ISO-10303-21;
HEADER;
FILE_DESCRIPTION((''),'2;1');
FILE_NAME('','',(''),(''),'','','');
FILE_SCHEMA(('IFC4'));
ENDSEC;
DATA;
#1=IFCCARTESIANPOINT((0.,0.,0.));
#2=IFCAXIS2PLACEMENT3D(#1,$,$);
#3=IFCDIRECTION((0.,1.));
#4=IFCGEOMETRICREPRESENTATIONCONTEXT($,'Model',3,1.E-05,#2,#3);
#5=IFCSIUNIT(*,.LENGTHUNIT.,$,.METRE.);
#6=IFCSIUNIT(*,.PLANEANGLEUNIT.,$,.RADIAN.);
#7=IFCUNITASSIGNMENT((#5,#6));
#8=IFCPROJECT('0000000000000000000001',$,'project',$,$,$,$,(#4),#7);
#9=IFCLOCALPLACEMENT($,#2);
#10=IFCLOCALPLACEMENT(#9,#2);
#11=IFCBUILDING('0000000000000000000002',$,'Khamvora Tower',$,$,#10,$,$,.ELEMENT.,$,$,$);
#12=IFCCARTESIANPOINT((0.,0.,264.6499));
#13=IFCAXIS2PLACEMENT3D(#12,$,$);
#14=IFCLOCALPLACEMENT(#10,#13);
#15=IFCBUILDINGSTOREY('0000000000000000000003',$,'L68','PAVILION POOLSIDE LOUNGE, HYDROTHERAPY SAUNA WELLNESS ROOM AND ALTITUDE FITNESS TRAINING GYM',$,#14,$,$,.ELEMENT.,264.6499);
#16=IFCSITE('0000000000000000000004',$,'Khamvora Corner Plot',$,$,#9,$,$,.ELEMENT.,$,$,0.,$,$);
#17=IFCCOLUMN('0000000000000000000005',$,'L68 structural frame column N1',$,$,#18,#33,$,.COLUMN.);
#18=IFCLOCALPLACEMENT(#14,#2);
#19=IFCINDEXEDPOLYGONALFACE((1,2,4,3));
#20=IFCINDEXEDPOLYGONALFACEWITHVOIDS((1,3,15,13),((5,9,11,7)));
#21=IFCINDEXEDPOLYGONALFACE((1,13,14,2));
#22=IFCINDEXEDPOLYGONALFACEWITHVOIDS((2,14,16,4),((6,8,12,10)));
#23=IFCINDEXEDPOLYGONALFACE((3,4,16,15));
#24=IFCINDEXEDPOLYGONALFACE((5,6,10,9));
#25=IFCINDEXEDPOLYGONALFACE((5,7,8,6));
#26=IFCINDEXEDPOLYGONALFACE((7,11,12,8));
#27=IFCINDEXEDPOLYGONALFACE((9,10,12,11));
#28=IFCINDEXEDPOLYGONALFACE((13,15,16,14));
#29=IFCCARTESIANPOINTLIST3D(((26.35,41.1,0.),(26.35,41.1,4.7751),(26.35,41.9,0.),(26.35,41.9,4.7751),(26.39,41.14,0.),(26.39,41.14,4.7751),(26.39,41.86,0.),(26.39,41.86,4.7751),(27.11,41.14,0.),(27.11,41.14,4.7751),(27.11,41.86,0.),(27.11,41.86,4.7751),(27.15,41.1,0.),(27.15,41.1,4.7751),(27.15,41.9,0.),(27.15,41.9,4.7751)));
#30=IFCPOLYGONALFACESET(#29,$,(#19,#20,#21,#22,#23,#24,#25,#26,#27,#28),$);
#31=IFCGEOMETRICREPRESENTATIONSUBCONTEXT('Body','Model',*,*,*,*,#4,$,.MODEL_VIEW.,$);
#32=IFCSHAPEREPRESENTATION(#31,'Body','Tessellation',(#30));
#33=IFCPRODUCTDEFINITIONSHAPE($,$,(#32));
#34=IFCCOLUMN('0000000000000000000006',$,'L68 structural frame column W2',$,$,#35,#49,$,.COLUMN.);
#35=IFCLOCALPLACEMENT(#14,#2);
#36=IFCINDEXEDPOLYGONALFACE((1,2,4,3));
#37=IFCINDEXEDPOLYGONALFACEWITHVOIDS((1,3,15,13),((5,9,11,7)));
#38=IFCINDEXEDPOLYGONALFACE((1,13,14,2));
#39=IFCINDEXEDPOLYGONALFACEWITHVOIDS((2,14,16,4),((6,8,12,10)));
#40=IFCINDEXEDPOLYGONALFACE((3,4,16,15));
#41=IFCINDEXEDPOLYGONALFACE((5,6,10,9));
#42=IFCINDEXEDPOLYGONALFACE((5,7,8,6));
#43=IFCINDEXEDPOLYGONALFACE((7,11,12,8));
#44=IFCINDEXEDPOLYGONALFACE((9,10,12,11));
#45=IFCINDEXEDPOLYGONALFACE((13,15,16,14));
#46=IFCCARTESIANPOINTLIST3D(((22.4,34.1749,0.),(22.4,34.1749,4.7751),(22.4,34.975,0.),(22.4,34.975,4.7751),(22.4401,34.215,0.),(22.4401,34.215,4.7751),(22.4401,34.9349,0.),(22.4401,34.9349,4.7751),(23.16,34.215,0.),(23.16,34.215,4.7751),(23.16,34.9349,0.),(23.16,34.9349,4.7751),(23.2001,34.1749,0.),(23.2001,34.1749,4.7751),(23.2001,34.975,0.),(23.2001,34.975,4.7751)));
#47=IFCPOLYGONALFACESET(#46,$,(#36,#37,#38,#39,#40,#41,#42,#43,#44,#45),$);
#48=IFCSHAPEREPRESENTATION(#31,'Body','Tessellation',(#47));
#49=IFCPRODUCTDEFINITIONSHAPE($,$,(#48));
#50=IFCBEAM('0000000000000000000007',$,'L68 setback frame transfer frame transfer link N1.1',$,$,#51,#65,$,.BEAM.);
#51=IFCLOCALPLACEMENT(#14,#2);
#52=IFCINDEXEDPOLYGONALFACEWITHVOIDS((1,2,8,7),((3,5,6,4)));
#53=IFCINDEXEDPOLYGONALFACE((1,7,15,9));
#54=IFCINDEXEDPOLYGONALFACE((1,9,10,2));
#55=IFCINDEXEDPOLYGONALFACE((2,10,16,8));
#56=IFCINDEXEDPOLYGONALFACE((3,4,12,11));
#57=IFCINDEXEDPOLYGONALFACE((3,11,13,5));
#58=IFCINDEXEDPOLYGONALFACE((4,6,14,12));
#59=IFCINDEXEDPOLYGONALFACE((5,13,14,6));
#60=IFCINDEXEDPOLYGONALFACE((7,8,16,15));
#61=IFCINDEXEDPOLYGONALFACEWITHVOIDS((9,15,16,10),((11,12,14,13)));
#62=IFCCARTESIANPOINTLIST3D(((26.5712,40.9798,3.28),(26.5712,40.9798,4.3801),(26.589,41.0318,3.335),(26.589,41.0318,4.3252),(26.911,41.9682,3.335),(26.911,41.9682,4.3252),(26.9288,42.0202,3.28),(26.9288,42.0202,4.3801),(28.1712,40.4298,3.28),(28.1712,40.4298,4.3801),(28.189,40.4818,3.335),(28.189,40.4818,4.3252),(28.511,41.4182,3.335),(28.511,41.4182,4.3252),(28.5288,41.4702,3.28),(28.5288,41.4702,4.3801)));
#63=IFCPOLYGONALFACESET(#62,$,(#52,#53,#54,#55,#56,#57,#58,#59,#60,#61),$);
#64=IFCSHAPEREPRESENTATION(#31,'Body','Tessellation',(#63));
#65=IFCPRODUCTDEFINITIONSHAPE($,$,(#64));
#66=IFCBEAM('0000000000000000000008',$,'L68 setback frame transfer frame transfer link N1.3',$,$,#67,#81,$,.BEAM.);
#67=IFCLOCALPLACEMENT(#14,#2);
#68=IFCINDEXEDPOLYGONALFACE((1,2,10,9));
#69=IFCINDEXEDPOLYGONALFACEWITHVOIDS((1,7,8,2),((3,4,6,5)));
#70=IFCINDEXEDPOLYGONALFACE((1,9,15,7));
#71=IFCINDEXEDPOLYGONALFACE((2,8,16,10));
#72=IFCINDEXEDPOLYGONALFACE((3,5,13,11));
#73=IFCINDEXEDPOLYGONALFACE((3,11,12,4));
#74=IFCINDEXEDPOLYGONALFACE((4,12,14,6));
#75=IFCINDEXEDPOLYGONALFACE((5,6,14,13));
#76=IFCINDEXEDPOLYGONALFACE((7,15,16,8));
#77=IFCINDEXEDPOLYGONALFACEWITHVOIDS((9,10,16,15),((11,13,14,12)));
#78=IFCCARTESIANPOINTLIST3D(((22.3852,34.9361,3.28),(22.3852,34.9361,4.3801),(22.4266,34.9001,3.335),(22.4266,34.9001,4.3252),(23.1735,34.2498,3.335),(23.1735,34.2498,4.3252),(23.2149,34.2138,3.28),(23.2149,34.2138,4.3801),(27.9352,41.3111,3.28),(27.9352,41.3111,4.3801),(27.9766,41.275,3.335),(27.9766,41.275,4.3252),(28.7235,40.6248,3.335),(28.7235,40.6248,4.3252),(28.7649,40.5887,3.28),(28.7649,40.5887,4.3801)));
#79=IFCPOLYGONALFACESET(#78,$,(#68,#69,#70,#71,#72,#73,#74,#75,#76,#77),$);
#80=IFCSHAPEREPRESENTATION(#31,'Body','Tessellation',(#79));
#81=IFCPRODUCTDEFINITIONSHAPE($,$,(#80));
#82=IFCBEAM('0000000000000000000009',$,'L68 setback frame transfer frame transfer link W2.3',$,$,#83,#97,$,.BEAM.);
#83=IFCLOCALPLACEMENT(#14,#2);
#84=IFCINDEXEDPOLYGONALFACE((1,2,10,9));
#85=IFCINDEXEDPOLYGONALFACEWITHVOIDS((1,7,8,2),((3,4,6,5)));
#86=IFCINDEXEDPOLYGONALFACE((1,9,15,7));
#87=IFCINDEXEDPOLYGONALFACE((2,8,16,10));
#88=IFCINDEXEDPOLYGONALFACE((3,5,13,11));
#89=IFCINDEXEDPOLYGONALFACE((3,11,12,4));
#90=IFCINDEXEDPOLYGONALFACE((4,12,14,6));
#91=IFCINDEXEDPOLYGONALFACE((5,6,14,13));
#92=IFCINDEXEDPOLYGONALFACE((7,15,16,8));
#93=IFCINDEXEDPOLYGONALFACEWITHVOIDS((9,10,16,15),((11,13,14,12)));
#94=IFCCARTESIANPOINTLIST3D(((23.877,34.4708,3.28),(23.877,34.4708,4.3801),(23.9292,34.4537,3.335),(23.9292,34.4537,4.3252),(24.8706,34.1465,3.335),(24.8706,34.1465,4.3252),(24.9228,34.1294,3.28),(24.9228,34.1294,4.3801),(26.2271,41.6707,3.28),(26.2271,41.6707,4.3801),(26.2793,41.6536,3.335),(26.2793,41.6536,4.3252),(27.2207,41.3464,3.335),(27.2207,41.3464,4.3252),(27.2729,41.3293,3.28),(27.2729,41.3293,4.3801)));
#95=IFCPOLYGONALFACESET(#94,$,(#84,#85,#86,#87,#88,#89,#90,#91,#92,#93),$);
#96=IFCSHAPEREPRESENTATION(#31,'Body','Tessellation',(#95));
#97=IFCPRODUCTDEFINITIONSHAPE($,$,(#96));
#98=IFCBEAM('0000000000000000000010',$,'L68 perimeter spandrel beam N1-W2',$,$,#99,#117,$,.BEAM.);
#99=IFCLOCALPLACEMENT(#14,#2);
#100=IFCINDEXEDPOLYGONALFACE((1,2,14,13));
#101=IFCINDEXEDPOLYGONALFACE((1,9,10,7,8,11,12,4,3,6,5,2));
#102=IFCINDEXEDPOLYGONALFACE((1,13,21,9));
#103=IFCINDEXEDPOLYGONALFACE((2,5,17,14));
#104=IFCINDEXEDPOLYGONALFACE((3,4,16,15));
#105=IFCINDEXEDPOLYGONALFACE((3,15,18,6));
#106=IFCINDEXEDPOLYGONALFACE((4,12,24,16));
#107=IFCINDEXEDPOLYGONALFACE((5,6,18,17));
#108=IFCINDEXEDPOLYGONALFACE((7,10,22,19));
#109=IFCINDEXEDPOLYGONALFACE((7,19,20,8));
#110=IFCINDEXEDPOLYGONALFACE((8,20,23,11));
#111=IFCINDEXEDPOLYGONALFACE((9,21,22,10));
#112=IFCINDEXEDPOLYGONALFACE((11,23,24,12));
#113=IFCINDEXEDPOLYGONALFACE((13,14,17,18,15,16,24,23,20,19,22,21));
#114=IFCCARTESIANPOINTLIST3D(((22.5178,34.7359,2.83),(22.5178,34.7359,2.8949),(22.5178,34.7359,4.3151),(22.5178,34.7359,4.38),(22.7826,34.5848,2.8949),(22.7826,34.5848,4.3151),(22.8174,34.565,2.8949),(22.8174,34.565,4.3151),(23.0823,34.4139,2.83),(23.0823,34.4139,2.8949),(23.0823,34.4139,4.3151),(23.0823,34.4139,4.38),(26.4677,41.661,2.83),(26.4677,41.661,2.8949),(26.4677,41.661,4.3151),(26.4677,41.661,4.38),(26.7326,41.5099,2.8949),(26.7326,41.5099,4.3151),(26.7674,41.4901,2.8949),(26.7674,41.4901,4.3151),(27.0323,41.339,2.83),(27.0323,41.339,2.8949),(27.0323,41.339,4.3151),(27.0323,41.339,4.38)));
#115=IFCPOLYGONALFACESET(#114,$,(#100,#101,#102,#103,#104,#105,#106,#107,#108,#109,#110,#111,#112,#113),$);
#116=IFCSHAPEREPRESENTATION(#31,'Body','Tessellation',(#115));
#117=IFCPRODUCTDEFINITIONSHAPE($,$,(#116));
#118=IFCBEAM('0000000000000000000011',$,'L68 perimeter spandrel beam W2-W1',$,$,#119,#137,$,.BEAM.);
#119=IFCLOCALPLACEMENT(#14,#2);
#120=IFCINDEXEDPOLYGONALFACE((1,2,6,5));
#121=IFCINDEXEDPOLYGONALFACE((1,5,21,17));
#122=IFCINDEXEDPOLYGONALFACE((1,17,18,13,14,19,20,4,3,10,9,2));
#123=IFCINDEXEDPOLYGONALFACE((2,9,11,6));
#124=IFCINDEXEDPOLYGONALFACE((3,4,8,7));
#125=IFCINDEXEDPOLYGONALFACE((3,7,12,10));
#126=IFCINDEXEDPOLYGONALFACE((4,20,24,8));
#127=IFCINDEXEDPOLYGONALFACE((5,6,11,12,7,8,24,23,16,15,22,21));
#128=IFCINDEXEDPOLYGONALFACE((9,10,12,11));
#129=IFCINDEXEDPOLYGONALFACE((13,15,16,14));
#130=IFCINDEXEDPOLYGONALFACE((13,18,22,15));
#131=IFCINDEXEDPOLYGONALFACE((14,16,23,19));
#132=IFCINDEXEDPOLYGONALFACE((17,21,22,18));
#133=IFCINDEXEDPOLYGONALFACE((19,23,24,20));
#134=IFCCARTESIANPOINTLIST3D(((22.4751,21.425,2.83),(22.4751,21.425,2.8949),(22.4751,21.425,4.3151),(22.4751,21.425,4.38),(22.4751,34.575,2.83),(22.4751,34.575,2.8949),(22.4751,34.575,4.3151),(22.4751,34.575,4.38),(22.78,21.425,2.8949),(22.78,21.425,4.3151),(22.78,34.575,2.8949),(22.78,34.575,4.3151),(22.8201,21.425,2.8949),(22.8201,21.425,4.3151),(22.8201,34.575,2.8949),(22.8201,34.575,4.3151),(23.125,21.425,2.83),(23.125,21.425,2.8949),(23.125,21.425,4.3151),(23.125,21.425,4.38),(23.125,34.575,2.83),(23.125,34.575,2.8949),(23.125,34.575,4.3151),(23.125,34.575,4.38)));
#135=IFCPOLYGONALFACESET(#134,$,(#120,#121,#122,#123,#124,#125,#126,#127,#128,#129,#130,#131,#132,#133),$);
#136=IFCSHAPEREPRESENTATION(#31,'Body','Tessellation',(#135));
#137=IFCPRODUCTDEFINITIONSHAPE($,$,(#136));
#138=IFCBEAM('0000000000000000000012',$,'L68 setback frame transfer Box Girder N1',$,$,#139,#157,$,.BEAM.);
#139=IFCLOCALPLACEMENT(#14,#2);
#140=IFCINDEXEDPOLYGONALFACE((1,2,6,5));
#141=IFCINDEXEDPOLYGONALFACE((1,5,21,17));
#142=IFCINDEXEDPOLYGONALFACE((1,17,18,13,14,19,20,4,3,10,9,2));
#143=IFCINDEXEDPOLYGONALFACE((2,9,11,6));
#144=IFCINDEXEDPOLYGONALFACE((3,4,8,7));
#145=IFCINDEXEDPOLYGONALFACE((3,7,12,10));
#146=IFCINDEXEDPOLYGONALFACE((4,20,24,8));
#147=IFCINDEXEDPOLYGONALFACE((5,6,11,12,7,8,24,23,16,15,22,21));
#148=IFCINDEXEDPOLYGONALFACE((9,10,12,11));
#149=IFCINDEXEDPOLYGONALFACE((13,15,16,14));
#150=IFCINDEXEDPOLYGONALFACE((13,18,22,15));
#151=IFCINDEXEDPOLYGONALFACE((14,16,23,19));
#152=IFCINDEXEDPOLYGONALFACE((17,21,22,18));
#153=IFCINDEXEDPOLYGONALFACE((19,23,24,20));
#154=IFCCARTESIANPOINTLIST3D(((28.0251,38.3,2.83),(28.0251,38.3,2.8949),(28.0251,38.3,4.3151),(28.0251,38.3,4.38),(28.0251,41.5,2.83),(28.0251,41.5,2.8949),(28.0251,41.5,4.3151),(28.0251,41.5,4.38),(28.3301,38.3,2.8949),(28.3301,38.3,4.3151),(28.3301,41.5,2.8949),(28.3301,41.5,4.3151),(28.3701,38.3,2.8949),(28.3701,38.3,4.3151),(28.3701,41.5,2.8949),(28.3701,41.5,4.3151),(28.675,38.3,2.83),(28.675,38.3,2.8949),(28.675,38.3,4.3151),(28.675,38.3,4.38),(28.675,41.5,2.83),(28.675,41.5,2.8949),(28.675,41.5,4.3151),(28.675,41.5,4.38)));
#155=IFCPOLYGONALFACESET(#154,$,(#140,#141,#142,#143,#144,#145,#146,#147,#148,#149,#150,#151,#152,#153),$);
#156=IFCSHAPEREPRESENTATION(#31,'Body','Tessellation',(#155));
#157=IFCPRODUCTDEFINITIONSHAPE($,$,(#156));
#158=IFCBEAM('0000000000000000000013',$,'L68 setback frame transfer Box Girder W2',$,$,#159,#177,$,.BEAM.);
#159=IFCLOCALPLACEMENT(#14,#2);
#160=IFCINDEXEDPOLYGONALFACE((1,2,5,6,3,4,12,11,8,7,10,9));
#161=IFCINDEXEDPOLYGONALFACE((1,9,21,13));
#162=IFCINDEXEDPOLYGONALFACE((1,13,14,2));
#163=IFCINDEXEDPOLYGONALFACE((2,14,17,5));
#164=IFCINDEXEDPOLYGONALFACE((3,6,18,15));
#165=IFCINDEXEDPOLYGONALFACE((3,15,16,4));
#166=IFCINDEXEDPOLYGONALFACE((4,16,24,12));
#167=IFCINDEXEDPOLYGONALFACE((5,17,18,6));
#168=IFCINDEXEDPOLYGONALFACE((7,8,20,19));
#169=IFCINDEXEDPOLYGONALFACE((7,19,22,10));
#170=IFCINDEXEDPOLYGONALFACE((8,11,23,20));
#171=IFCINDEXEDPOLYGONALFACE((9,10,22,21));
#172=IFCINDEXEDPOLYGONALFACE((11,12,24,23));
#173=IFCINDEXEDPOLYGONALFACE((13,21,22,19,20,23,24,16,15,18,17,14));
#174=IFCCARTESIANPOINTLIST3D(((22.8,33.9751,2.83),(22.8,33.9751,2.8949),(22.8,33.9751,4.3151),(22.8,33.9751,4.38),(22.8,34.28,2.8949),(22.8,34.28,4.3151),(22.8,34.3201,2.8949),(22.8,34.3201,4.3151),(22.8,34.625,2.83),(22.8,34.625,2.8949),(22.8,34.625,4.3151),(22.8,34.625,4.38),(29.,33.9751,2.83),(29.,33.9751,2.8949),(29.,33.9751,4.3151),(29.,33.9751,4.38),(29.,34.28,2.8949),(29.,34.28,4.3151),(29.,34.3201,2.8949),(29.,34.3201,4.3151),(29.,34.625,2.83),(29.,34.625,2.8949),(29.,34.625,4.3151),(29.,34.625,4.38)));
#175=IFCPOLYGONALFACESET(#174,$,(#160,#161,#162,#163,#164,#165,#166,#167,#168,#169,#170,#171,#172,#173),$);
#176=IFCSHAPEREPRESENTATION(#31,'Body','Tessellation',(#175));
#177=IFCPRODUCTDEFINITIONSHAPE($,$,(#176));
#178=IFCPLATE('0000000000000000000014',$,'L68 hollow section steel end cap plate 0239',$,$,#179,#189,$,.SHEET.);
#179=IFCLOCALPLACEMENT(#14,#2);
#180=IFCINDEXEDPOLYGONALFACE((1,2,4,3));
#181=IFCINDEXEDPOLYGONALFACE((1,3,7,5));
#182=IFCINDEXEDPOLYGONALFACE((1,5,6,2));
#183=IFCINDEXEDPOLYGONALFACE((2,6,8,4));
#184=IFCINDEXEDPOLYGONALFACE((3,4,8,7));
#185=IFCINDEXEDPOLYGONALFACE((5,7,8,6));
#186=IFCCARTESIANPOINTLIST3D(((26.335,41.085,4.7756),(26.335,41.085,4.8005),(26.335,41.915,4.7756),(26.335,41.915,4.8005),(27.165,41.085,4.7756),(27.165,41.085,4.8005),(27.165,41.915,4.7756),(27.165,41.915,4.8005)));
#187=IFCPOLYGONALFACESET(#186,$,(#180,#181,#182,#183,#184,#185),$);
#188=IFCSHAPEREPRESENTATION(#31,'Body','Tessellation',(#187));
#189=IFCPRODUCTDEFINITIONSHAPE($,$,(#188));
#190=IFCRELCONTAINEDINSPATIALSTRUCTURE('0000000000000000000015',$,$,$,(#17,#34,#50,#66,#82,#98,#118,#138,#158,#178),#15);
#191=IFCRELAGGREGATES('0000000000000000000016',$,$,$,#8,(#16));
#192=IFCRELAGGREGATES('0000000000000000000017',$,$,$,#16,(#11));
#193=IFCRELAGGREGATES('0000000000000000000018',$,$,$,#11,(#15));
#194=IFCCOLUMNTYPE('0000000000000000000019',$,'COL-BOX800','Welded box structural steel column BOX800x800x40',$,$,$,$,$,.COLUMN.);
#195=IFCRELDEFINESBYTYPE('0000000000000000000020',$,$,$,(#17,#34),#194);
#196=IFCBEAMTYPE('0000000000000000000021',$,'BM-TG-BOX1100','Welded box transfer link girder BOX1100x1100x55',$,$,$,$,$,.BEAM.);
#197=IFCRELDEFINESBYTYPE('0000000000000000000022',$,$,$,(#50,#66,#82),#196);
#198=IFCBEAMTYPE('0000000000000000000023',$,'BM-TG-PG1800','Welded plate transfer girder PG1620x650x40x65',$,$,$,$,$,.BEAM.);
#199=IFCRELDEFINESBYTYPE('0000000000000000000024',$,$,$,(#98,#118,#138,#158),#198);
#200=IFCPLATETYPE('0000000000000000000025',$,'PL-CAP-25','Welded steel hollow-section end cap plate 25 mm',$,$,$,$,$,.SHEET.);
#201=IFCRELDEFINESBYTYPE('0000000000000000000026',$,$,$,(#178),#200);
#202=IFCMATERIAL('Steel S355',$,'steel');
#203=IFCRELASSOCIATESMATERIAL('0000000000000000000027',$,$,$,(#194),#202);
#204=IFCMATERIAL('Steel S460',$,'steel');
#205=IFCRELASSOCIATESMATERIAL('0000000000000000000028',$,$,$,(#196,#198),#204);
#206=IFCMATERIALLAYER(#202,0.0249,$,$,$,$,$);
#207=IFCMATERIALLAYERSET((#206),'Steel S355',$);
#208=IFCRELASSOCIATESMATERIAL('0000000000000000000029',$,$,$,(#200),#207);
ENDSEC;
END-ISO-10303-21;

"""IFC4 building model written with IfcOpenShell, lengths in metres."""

from ifc_helpers import new_model, si_unit, direction, frame, origin, origin_2d, place, context, subcontext, project, spatial, rectangle, hollow_rectangle, i_section, extrude, material, layer, layer_set, material_profile, profile_set, type_object, element, save


model = new_model("IFC4")

# Units and contexts
model_context = context("Model", 3, precision=1e-05, world=origin(), true_north=direction((0.0, 1.0)))
body_context = subcontext(model_context, "Body", "Model", "MODEL_VIEW")
ifc_project = project(units=[si_unit("LENGTHUNIT", "METRE"), si_unit("PLANEANGLEUNIT", "RADIAN")], contexts=[model_context])

# Site, building, storey
site_placement = place(None, origin())
site = spatial("IfcSite", under=ifc_project, at=site_placement, Name="Khamvora Corner Plot", CompositionType="ELEMENT", RefElevation=0.0)
building_placement = place(site_placement, origin())
building = spatial("IfcBuilding", under=site, at=building_placement, Name="Khamvora Tower", CompositionType="ELEMENT")
storey_placement = place(building_placement, frame((0.0, 0.0, 264.6499)))
storey = spatial("IfcBuildingStorey", under=building, at=storey_placement, Name="L68", Description="PAVILION POOLSIDE LOUNGE, HYDROTHERAPY SAUNA WELLNESS ROOM AND ALTITUDE FITNESS TRAINING GYM", CompositionType="ELEMENT", Elevation=264.6499)

# Columns
ifc_material_1 = material(Name="Steel S355", Category="steel")
ifc_material_profile_1 = material_profile(ifc_material_1, hollow_rectangle(XDim=0.8, YDim=0.8, WallThickness=0.04, at=origin_2d()), Name="BOX800x800x40")
ifc_profile_set_1 = profile_set([ifc_material_profile_1], Name="Steel S355")
column_type = type_object("IfcColumnType", Name="COL-BOX800", Description="Welded box structural steel column BOX800x800x40", PredefinedType="COLUMN", material=ifc_profile_set_1)
for number, where, z_axis, x_axis, name in (
    (1, (26.75, 41.5, 0.0), (0.0, 0.0, 1.0), (1.0, 0.0, 0.0), "L68 structural frame column N1"),
    (2, (22.8, 34.575, 0.0), (0.0, 0.0, 1.0), (1.0, 0.0, 0.0), "L68 structural frame column W2"),
):
    element("IfcColumn", number, at=place(storey_placement, frame(where, z_axis=z_axis, x_axis=x_axis)), inside=storey, type_object=column_type, Name=name, PredefinedType="COLUMN", context=body_context, shape_type="SweptSolid", body=[
        extrude(hollow_rectangle(XDim=0.8, YDim=0.8, WallThickness=0.04, at=origin_2d()), origin(), (0.0, 0.0, 1.0), 4.7751),
    ])

# Beams
ifc_material_2 = material(Name="Steel S460", Category="steel")
ifc_material_profile_2 = material_profile(ifc_material_2, hollow_rectangle(XDim=1.1001, YDim=1.1001, WallThickness=0.0549, at=origin_2d()), Name="BOX1100x1100x55")
ifc_profile_set_2 = profile_set([ifc_material_profile_2], Name="Steel S460")
beam_type_1 = type_object("IfcBeamType", Name="BM-TG-BOX1100", Description="Welded box transfer link girder BOX1100x1100x55", PredefinedType="BEAM", material=ifc_profile_set_2)
beam_1_placement = place(storey_placement, frame((26.75, 41.5, 3.8301), z_axis=(0.945684, -0.325088, 0.0), x_axis=(0.325088, 0.945684, 0.0)))
element("IfcBeam", 3, at=beam_1_placement, inside=storey, type_object=beam_type_1, Name="L68 setback frame transfer frame transfer link N1.1", PredefinedType="BEAM", context=body_context, shape_type="SweptSolid", body=[
    extrude(hollow_rectangle(XDim=1.1001, YDim=1.1001, WallThickness=0.0549, at=origin_2d()), origin(), (0.0, 0.0, 1.0), 1.6919),
])
beam_2_placement = place(storey_placement, frame((22.8, 34.575, 3.8301), z_axis=(0.656621, 0.75422, 0.0), x_axis=(-0.75422, 0.656621, 0.0)))
element("IfcBeam", 4, at=beam_2_placement, inside=storey, type_object=beam_type_1, Name="L68 setback frame transfer frame transfer link N1.3", PredefinedType="BEAM", context=body_context, shape_type="SweptSolid", body=[
    extrude(hollow_rectangle(XDim=1.1001, YDim=1.1001, WallThickness=0.0549, at=origin_2d()), origin(), (0.0, 0.0, 1.0), 8.4524),
])
beam_3_placement = place(storey_placement, frame((26.75, 41.5, 3.8301), z_axis=(-0.310294, -0.950641, 0.0), x_axis=(0.950641, -0.310294, 0.0)))
element("IfcBeam", 5, at=beam_3_placement, inside=storey, type_object=beam_type_1, Name="L68 setback frame transfer frame transfer link W2.3", PredefinedType="BEAM", context=body_context, shape_type="SweptSolid", body=[
    extrude(hollow_rectangle(XDim=1.1001, YDim=1.1001, WallThickness=0.0549, at=origin_2d()), origin(), (0.0, 0.0, 1.0), 7.5737),
])
ifc_material_profile_3 = material_profile(ifc_material_2, i_section(OverallWidth=0.6499, OverallDepth=1.55, WebThickness=0.04, FlangeThickness=0.0649, at=origin_2d()), Name="PG1550x650x40x65")
ifc_profile_set_3 = profile_set([ifc_material_profile_3], Name="Steel S460")
beam_type_2 = type_object("IfcBeamType", Name="BM-TG-PG1800", Description="Welded plate transfer girder PG1620x650x40x65", PredefinedType="BEAM", material=ifc_profile_set_3)
beam_4_placement = place(storey_placement, frame((26.75, 41.5, 3.605), z_axis=(-0.495456, -0.868633, 0.0), x_axis=(0.868633, -0.495456, 0.0)))
element("IfcBeam", 6, at=beam_4_placement, inside=storey, type_object=beam_type_2, Name="L68 perimeter spandrel beam N1-W2", PredefinedType="BEAM", context=body_context, shape_type="SweptSolid", body=[
    extrude(i_section(OverallWidth=0.6499, OverallDepth=1.55, WebThickness=0.04, FlangeThickness=0.0649, at=origin_2d()), origin(), (0.0, 0.0, 1.0), 7.9724),
])
beam_5_placement = place(storey_placement, frame((22.8, 34.575, 3.605), z_axis=(0.0, -1.0, 0.0), x_axis=(1.0, 0.0, 0.0)))
element("IfcBeam", 7, at=beam_5_placement, inside=storey, type_object=beam_type_2, Name="L68 perimeter spandrel beam W2-W1", PredefinedType="BEAM", context=body_context, shape_type="SweptSolid", body=[
    extrude(i_section(OverallWidth=0.6499, OverallDepth=1.55, WebThickness=0.04, FlangeThickness=0.0649, at=origin_2d()), origin(), (0.0, 0.0, 1.0), 13.1499),
])
beam_6_placement = place(storey_placement, frame((28.3501, 38.3, 3.605), z_axis=(0.0, 1.0, 0.0), x_axis=(-1.0, 0.0, 0.0)))
element("IfcBeam", 8, at=beam_6_placement, inside=storey, type_object=beam_type_2, Name="L68 setback frame transfer Box Girder N1", PredefinedType="BEAM", context=body_context, shape_type="SweptSolid", body=[
    extrude(i_section(OverallWidth=0.6499, OverallDepth=1.55, WebThickness=0.04, FlangeThickness=0.0649, at=origin_2d()), origin(), (0.0, 0.0, 1.0), 3.2),
])
beam_7_placement = place(storey_placement, frame((22.8, 34.3, 3.605), z_axis=(1.0, 0.0, 0.0), x_axis=(0.0, 1.0, 0.0)))
element("IfcBeam", 9, at=beam_7_placement, inside=storey, type_object=beam_type_2, Name="L68 setback frame transfer Box Girder W2", PredefinedType="BEAM", context=body_context, shape_type="SweptSolid", body=[
    extrude(i_section(OverallWidth=0.6499, OverallDepth=1.55, WebThickness=0.04, FlangeThickness=0.0649, at=origin_2d()), origin(), (0.0, 0.0, 1.0), 6.2),
])

# Plate
ifc_layer_1 = layer(ifc_material_1, 0.0249)
ifc_layer_set_1 = layer_set([ifc_layer_1], Name="Steel S355")
plate_type = type_object("IfcPlateType", Name="PL-CAP-25", Description="Welded steel hollow-section end cap plate 25 mm", PredefinedType="SHEET", material=ifc_layer_set_1)
for number, where, z_axis, x_axis, name in (
    (10, (26.75, 41.5, 4.7756), (0.0, 0.0, 1.0), (1.0, 0.0, 0.0), "L68 hollow section steel end cap plate 0239"),
):
    element("IfcPlate", number, at=place(storey_placement, frame(where, z_axis=z_axis, x_axis=x_axis)), inside=storey, type_object=plate_type, Name=name, PredefinedType="SHEET", context=body_context, shape_type="SweptSolid", body=[
        extrude(rectangle(XDim=0.8301, YDim=0.8301, at=origin_2d()), origin(), (0.0, 0.0, 1.0), 0.0249),
    ])

save(model, "model.ifc")
